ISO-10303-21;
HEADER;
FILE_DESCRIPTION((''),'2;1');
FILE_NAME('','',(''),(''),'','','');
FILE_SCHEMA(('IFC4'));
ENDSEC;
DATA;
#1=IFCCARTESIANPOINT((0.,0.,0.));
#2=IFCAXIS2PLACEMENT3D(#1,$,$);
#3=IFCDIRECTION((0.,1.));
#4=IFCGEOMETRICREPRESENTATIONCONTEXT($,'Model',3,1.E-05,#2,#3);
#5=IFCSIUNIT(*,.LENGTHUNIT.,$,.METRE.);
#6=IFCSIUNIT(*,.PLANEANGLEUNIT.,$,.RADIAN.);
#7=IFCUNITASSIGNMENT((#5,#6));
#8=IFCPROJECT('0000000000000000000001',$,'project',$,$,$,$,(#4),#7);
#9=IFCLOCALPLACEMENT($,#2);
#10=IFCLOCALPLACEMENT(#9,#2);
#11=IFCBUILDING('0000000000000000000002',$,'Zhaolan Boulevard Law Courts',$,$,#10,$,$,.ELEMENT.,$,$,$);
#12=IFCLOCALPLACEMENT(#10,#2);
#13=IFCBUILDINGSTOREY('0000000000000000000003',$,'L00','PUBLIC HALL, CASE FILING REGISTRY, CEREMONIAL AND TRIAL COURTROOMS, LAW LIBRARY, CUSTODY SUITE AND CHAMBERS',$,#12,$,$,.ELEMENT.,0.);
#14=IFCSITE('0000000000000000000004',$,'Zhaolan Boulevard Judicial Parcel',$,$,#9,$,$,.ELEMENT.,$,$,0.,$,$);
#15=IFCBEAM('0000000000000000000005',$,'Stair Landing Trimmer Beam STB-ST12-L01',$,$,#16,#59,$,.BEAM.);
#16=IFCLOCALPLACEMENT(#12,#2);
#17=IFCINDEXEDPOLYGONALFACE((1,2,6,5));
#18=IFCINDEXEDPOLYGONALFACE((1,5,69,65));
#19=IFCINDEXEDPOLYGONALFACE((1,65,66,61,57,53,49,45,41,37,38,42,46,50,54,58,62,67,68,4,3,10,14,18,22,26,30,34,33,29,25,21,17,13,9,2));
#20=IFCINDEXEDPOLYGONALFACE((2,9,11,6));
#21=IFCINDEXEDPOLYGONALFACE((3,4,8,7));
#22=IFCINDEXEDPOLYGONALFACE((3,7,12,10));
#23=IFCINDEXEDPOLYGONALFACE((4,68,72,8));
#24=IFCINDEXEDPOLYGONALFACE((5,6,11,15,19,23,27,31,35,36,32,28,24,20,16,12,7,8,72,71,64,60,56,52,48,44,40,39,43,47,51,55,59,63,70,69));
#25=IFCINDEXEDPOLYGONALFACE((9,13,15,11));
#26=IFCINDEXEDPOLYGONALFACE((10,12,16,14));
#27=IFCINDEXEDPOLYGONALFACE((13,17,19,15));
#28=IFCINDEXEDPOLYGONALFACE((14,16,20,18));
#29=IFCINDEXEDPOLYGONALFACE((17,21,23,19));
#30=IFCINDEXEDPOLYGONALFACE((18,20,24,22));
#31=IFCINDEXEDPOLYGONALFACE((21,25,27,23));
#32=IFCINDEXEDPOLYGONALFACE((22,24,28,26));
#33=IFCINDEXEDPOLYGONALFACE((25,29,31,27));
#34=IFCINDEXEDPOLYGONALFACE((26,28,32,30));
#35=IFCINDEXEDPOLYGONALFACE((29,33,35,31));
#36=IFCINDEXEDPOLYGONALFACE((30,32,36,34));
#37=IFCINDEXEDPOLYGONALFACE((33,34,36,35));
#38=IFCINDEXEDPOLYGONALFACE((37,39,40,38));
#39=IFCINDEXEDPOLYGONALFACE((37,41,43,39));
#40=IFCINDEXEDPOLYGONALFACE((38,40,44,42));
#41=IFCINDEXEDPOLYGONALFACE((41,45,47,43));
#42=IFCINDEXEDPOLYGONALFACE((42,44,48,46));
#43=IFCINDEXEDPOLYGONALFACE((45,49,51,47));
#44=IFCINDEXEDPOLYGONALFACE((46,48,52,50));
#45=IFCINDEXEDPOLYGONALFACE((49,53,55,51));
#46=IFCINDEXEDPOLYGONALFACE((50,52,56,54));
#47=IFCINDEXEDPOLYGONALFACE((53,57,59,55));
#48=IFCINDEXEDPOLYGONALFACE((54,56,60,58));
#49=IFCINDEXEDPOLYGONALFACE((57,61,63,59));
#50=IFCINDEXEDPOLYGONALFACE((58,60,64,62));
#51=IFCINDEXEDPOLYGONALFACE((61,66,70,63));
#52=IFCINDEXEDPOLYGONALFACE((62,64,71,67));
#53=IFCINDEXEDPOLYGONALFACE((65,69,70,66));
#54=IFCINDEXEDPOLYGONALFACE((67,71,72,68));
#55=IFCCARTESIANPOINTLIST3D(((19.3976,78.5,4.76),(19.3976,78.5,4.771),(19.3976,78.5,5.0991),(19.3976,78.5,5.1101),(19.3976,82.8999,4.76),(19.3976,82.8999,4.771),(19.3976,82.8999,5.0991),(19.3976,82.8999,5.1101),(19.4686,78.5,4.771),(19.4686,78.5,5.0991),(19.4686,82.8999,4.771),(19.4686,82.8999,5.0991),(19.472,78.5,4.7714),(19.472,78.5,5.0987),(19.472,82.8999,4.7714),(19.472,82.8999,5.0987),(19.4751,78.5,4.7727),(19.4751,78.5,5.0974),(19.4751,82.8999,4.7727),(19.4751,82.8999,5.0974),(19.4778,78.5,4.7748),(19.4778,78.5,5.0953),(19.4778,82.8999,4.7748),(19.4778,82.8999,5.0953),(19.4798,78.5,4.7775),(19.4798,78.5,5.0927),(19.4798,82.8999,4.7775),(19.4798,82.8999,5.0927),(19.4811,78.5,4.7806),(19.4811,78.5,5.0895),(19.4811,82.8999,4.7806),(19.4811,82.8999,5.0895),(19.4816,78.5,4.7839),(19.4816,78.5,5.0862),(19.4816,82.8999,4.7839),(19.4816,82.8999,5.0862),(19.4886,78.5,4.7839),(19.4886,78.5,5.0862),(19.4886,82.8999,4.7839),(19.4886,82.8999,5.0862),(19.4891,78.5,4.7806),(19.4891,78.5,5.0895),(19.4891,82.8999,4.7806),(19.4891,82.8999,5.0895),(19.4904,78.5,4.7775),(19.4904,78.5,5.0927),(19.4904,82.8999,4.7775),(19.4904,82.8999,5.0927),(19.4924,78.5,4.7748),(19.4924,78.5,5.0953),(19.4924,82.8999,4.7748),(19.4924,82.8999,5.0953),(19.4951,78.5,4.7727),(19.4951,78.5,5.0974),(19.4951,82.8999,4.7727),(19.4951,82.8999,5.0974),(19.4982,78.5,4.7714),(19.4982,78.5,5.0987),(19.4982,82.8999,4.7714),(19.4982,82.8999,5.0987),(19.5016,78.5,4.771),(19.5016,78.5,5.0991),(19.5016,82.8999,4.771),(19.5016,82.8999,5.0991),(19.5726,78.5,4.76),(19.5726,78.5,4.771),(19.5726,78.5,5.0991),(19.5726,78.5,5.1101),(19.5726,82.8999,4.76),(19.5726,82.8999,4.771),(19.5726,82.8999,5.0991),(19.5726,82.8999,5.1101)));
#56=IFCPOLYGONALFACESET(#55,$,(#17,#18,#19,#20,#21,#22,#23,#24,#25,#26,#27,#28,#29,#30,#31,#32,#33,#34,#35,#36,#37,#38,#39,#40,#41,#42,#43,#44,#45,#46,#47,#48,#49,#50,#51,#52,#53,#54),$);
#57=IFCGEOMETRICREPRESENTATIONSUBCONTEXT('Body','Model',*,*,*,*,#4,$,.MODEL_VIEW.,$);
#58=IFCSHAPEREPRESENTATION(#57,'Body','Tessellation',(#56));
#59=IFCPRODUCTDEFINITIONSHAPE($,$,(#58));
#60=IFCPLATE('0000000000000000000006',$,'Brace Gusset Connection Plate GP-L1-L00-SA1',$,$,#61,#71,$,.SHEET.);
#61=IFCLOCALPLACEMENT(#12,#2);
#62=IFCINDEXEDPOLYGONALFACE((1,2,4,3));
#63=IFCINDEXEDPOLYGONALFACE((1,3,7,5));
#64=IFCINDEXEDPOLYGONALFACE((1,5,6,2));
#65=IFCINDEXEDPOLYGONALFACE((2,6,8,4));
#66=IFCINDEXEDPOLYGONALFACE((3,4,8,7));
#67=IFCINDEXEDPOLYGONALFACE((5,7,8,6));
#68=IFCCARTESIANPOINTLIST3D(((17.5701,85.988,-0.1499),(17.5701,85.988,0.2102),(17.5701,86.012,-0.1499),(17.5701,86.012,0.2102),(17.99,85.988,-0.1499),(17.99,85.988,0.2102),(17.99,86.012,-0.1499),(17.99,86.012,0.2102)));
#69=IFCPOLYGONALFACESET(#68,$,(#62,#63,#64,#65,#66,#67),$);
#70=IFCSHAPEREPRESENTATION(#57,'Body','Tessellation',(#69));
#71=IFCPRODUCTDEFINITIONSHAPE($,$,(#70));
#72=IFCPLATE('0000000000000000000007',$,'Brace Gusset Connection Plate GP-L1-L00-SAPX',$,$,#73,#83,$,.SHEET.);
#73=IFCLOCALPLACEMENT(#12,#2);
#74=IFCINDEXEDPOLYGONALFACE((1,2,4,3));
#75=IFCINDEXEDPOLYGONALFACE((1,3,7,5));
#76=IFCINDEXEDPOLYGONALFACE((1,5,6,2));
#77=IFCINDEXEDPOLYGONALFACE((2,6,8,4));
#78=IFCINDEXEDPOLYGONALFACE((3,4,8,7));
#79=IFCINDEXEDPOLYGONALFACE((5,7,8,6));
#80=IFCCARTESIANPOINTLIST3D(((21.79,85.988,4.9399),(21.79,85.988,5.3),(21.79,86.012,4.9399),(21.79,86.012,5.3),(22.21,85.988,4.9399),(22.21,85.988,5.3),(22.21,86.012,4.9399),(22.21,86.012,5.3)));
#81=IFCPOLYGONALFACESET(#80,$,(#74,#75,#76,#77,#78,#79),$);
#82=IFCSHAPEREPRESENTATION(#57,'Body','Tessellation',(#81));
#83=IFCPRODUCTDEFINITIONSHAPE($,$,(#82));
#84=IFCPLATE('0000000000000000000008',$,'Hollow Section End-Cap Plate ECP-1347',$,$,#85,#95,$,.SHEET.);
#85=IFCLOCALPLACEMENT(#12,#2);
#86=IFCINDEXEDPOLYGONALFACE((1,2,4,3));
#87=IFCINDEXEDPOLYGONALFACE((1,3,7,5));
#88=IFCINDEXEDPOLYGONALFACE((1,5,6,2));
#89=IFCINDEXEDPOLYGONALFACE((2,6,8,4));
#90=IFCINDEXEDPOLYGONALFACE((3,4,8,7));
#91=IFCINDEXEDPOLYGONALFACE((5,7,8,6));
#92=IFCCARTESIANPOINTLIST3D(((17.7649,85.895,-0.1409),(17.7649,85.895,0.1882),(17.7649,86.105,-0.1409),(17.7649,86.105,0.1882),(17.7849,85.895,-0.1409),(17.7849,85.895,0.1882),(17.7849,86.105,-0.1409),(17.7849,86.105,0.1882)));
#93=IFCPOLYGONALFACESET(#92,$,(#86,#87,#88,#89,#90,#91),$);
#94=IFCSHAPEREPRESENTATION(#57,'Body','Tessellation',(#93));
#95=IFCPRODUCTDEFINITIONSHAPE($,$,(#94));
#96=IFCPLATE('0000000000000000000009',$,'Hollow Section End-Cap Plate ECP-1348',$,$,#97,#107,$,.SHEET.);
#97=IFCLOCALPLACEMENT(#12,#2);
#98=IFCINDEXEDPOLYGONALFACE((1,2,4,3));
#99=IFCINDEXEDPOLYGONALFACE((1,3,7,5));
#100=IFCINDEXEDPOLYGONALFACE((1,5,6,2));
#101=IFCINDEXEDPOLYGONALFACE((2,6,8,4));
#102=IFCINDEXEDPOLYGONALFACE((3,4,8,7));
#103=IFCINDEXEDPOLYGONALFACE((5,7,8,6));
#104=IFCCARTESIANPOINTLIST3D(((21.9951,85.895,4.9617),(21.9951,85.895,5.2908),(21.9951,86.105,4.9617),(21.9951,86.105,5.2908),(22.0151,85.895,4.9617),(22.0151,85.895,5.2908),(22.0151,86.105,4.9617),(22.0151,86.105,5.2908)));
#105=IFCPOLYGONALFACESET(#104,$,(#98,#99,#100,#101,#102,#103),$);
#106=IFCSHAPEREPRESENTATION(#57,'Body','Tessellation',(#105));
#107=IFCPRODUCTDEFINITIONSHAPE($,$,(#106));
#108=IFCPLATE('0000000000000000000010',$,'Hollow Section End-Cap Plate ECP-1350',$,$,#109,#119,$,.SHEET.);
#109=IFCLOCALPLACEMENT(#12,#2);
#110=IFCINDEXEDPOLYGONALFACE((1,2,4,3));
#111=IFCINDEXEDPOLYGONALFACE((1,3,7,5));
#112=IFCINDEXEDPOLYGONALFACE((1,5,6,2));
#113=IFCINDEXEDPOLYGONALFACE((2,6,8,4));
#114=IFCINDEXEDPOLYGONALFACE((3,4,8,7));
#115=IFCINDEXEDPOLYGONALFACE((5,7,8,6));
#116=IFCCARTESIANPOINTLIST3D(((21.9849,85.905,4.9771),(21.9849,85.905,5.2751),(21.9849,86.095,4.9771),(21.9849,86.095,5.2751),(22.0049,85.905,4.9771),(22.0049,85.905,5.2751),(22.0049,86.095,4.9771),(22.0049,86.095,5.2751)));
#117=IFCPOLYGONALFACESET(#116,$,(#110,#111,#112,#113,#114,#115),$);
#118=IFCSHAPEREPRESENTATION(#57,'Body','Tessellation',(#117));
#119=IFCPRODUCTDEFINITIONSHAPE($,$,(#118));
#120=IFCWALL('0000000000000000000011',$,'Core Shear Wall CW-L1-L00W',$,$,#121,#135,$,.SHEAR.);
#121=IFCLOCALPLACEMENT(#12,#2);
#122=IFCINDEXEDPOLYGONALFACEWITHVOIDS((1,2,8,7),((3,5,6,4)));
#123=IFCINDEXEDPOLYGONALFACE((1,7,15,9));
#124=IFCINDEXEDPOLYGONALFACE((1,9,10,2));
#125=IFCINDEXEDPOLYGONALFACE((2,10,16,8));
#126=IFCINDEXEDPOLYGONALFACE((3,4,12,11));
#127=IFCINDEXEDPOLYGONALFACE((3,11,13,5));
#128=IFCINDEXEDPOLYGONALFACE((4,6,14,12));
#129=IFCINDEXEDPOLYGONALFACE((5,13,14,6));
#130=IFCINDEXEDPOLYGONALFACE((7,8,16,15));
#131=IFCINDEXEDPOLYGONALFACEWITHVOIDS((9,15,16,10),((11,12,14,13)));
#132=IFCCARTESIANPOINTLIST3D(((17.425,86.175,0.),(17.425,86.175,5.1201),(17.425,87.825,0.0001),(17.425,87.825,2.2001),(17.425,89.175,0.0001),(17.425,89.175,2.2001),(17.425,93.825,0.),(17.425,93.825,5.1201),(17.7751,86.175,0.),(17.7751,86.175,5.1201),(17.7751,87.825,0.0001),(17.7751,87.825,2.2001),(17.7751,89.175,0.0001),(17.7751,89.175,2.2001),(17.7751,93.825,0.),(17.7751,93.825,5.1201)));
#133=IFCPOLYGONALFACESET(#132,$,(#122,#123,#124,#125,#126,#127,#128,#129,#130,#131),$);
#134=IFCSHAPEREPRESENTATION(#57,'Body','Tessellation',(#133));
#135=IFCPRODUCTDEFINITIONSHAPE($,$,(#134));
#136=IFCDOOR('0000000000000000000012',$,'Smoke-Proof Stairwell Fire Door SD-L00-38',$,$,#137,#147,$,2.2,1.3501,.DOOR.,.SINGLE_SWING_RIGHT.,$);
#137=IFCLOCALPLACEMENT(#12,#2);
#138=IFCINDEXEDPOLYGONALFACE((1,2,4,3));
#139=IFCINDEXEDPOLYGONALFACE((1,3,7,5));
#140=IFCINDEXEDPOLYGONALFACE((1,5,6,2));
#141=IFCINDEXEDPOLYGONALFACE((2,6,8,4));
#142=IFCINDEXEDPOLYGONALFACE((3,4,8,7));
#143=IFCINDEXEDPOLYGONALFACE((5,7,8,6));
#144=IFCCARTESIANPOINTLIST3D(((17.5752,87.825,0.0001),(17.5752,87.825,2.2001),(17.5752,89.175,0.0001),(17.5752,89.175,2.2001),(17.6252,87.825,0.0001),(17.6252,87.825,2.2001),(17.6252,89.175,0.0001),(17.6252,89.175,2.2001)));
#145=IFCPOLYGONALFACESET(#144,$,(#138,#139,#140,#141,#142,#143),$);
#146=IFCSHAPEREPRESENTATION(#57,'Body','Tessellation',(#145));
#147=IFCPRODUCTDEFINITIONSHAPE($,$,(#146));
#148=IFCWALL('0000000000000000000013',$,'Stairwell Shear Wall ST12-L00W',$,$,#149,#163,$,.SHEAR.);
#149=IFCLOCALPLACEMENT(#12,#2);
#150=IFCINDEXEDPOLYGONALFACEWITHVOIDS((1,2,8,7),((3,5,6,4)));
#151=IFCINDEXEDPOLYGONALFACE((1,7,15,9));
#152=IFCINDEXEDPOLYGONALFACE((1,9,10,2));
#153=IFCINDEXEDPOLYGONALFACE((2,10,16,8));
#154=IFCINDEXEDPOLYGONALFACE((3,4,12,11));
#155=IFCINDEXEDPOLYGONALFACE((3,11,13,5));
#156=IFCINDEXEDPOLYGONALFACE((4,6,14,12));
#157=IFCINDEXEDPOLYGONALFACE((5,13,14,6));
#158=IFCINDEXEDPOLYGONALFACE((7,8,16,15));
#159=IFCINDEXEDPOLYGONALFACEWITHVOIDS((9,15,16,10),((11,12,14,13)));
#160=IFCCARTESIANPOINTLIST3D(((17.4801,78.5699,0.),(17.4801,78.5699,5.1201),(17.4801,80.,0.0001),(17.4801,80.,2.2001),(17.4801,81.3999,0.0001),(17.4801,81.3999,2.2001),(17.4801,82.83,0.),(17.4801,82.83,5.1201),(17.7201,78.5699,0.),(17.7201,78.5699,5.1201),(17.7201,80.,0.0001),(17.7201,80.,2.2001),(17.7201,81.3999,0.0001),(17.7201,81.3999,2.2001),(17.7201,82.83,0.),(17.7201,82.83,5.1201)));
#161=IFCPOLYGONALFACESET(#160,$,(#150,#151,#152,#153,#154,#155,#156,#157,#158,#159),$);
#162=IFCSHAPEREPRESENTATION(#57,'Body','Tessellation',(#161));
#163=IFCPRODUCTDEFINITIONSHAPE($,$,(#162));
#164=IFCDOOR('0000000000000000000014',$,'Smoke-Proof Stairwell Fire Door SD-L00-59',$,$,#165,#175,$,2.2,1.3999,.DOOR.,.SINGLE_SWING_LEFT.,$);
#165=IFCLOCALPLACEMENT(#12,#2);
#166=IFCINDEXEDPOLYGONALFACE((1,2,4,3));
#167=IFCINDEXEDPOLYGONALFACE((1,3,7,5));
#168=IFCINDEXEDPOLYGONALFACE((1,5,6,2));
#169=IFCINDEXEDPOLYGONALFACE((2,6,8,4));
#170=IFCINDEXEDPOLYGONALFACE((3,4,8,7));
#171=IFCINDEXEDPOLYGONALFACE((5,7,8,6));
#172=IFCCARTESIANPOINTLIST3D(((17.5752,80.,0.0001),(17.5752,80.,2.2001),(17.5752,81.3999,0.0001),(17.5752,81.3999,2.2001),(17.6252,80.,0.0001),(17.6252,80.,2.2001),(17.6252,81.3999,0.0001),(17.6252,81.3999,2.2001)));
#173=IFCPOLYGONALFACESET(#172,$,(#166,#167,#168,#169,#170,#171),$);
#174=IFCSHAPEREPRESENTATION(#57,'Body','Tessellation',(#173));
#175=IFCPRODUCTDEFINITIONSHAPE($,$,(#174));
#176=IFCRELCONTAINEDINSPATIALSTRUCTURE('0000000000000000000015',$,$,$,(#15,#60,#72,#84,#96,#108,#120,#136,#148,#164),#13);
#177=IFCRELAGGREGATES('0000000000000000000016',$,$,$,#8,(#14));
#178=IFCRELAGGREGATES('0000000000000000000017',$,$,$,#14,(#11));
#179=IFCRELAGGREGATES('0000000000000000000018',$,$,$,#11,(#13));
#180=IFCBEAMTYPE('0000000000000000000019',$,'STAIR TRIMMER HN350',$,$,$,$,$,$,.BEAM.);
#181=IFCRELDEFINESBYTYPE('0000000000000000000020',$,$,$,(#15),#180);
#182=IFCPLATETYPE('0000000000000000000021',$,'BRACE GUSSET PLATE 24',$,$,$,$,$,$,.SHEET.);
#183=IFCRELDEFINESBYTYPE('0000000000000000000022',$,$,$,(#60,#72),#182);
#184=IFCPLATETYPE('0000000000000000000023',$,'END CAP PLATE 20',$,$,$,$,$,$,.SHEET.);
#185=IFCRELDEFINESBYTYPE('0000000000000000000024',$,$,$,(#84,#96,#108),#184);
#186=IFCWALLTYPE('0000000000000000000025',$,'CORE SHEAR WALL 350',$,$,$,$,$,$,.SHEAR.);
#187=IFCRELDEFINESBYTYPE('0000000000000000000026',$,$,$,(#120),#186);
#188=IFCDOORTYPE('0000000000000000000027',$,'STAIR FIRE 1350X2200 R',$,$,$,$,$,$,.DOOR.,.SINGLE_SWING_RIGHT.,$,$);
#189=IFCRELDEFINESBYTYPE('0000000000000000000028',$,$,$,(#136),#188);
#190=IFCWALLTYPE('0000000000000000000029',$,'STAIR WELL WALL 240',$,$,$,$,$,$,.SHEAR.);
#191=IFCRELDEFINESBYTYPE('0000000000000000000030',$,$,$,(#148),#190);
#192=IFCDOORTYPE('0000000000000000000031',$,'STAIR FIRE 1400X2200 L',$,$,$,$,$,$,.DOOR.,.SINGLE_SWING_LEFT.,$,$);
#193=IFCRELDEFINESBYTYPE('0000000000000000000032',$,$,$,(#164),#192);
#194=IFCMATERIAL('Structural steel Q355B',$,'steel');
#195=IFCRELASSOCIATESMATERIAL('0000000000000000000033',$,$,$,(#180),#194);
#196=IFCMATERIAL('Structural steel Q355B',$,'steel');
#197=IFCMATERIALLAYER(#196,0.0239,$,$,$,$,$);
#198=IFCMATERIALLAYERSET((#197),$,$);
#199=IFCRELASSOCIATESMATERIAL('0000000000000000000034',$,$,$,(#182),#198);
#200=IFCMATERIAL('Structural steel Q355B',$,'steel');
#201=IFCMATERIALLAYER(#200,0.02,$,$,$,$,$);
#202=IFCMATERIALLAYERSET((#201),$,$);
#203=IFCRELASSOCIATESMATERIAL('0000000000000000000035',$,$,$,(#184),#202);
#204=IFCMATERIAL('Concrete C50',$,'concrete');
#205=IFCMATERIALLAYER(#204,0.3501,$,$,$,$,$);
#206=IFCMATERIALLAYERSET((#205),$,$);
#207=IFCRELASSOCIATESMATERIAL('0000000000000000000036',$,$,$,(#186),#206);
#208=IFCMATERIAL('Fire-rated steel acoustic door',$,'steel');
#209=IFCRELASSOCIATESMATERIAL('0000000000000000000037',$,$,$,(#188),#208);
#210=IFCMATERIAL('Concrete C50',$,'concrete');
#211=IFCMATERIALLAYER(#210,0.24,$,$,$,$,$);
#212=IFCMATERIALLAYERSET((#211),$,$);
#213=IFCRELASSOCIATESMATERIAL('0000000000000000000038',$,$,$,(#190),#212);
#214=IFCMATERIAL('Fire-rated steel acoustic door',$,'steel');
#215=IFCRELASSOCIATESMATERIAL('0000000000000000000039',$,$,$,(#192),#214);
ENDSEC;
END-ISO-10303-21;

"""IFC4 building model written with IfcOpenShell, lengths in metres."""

from ifc_helpers import new_model, si_unit, direction, frame, frame_2d, origin, origin_2d, place, context, subcontext, project, spatial, rectangle, i_section, extrude, material, layer, layer_set, material_profile, profile_set, type_object, element, fill, save


model = new_model("IFC4")

# Units and contexts
model_context = context("Model", 3, precision=1e-05, world=origin(), true_north=direction((0.0, 1.0)))
body_context = subcontext(model_context, "Body", "Model", "MODEL_VIEW")
ifc_project = project(units=[si_unit("LENGTHUNIT", "METRE"), si_unit("PLANEANGLEUNIT", "RADIAN")], contexts=[model_context])

# Site, building, storey
site_placement = place(None, origin())
site = spatial("IfcSite", under=ifc_project, at=site_placement, Name="Zhaolan Boulevard Judicial Parcel", CompositionType="ELEMENT", RefElevation=0.0)
building_placement = place(site_placement, origin())
building = spatial("IfcBuilding", under=site, at=building_placement, Name="Zhaolan Boulevard Law Courts", CompositionType="ELEMENT")
storey_placement = place(building_placement, origin())
storey = spatial("IfcBuildingStorey", under=building, at=storey_placement, Name="L00", Description="PUBLIC HALL, CASE FILING REGISTRY, CEREMONIAL AND TRIAL COURTROOMS, LAW LIBRARY, CUSTODY SUITE AND CHAMBERS", CompositionType="ELEMENT", Elevation=0.0)

# Beam
ifc_material_1 = material(Name="Structural steel Q355B", Category="steel")
ifc_material_profile_1 = material_profile(ifc_material_1, i_section(OverallWidth=0.175, OverallDepth=0.3501, WebThickness=0.0071, FlangeThickness=0.011, FilletRadius=0.0129, at=origin_2d()), Name="HN350x175")
ifc_profile_set_1 = profile_set([ifc_material_profile_1], Name="Structural steel Q355B")
beam_type_1 = type_object("IfcBeamType", Name="STAIR TRIMMER HN350", PredefinedType="BEAM", material=ifc_profile_set_1)
beam_1_placement = place(storey_placement, frame((19.4851, 78.5, 4.9351), z_axis=(0.0, 1.0, 0.0), x_axis=(-1.0, 0.0, 0.0)))
element("IfcBeam", 1, at=beam_1_placement, inside=storey, type_object=beam_type_1, Name="Stair Landing Trimmer Beam STB-ST12-L01", PredefinedType="BEAM", context=body_context, shape_type="SweptSolid", body=[
    extrude(i_section(OverallWidth=0.175, OverallDepth=0.3501, WebThickness=0.0071, FlangeThickness=0.011, FilletRadius=0.0129, at=origin_2d()), origin(), (0.0, 0.0, 1.0), 4.3999),
])

# Plates
ifc_material_2 = material(Name="Structural steel Q355B", Category="steel")
ifc_layer_1 = layer(ifc_material_2, 0.0239)
ifc_layer_set_1 = layer_set([ifc_layer_1])
plate_type_1 = type_object("IfcPlateType", Name="BRACE GUSSET PLATE 24", PredefinedType="SHEET", material=ifc_layer_set_1)
for number, where, z_axis, x_axis, name in (
    (2, (17.78, 86.0, -0.1499), (0.0, 0.0, 1.0), (1.0, 0.0, 0.0), "Brace Gusset Connection Plate GP-L1-L00-SA1"),
    (3, (22.0, 86.0, 4.9399), (0.0, 0.0, 1.0), (1.0, 0.0, 0.0), "Brace Gusset Connection Plate GP-L1-L00-SAPX"),
):
    element("IfcPlate", number, at=place(storey_placement, frame(where, z_axis=z_axis, x_axis=x_axis)), inside=storey, type_object=plate_type_1, Name=name, PredefinedType="SHEET", context=body_context, shape_type="SweptSolid", body=[
        extrude(rectangle(XDim=0.4199, YDim=0.0239, at=origin_2d()), origin(), (0.0, 0.0, 1.0), 0.3601),
    ])
ifc_material_3 = material(Name="Structural steel Q355B", Category="steel")
ifc_layer_2 = layer(ifc_material_3, 0.02)
ifc_layer_set_2 = layer_set([ifc_layer_2])
plate_type_2 = type_object("IfcPlateType", Name="END CAP PLATE 20", PredefinedType="SHEET", material=ifc_layer_set_2)
for number, where, z_axis, x_axis, name in (
    (4, (17.7749, 86.0, -0.1409), (0.0, 0.0, 1.0), (1.0, 0.0, 0.0), "Hollow Section End-Cap Plate ECP-1347"),
    (5, (22.0051, 86.0, 4.9617), (0.0, 0.0, 1.0), (1.0, 0.0, 0.0), "Hollow Section End-Cap Plate ECP-1348"),
):
    element("IfcPlate", number, at=place(storey_placement, frame(where, z_axis=z_axis, x_axis=x_axis)), inside=storey, type_object=plate_type_2, Name=name, PredefinedType="SHEET", context=body_context, shape_type="SweptSolid", body=[
        extrude(rectangle(XDim=0.02, YDim=0.21, at=origin_2d()), origin(), (0.0, 0.0, 1.0), 0.3291),
    ])
plate_placement = place(storey_placement, frame((21.9949, 86.0, 4.9771), z_axis=(0.0, 0.0, 1.0), x_axis=(-1.0, 0.0, 0.0)))
element("IfcPlate", 6, at=plate_placement, inside=storey, type_object=plate_type_2, Name="Hollow Section End-Cap Plate ECP-1350", PredefinedType="SHEET", context=body_context, shape_type="SweptSolid", body=[
    extrude(rectangle(XDim=0.02, YDim=0.1899, at=origin_2d()), origin(), (0.0, 0.0, 1.0), 0.2981),
])

# Walls, openings, doors
ifc_material_4 = material(Name="Concrete C50", Category="concrete")
ifc_layer_3 = layer(ifc_material_4, 0.3501)
ifc_layer_set_3 = layer_set([ifc_layer_3])
wall_type_1 = type_object("IfcWallType", Name="CORE SHEAR WALL 350", PredefinedType="SHEAR", material=ifc_layer_set_3)
wall_1_placement = place(storey_placement, frame((17.6001, 86.175, 0.0), z_axis=(0.0, 0.0, 1.0), x_axis=(0.0, 1.0, 0.0)))
wall_1 = element("IfcWall", 7, at=wall_1_placement, inside=storey, type_object=wall_type_1, Name="Core Shear Wall CW-L1-L00W", PredefinedType="SHEAR", context=body_context, shape_type="SweptSolid", body=[
    extrude(rectangle(XDim=7.6499, YDim=0.3501, at=frame_2d((3.825, 0.0))), origin(), (0.0, 0.0, 1.0), 5.1201),
])
opening_1_placement = place(wall_1_placement, frame((1.6499, 0.0, 0.0)))
opening_1 = element("IfcOpeningElement", 8, at=opening_1_placement, cuts=wall_1, PredefinedType="OPENING", context=body_context, shape_type="SweptSolid", body=[
    extrude(rectangle(XDim=1.3501, YDim=2.2, at=frame_2d((0.675, 1.1001))), frame((0.0, 0.1851, 0.0), z_axis=(0.0, -1.0, 0.0), x_axis=(1.0, 0.0, 0.0)), (0.0, 0.0, 1.0), 0.3701),
])
ifc_material_5 = material(Name="Fire-rated steel acoustic door", Category="steel")
door_type_1 = type_object("IfcDoorType", Name="STAIR FIRE 1350X2200 R", OperationType="SINGLE_SWING_RIGHT", PredefinedType="DOOR", material=ifc_material_5)
door_1_placement = place(opening_1_placement, origin())
door_1 = element("IfcDoor", 9, at=door_1_placement, inside=storey, type_object=door_type_1, Name="Smoke-Proof Stairwell Fire Door SD-L00-38", OperationType="SINGLE_SWING_RIGHT", OverallHeight=2.2, OverallWidth=1.3501, PredefinedType="DOOR", context=body_context, shape_type="SweptSolid", body=[
    extrude(rectangle(XDim=1.3501, YDim=2.2, at=frame_2d((0.675, 1.1001))), frame((0.0, 0.0249, 0.0), z_axis=(0.0, -1.0, 0.0), x_axis=(1.0, 0.0, 0.0)), (0.0, 0.0, 1.0), 0.05),
])
fill(opening_1, door_1)
ifc_material_6 = material(Name="Concrete C50", Category="concrete")
ifc_layer_4 = layer(ifc_material_6, 0.24)
ifc_layer_set_4 = layer_set([ifc_layer_4])
wall_type_2 = type_object("IfcWallType", Name="STAIR WELL WALL 240", PredefinedType="SHEAR", material=ifc_layer_set_4)
wall_2_placement = place(storey_placement, frame((17.6001, 78.5701, 0.0), z_axis=(0.0, 0.0, 1.0), x_axis=(0.0, 1.0, 0.0)))
wall_2 = element("IfcWall", 10, at=wall_2_placement, inside=storey, type_object=wall_type_2, Name="Stairwell Shear Wall ST12-L00W", PredefinedType="SHEAR", context=body_context, shape_type="SweptSolid", body=[
    extrude(rectangle(XDim=4.26, YDim=0.24, at=frame_2d((2.1299, 0.0))), origin(), (0.0, 0.0, 1.0), 5.1201),
])
opening_2_placement = place(wall_2_placement, frame((1.4299, 0.0, 0.0)))
opening_2 = element("IfcOpeningElement", 11, at=opening_2_placement, cuts=wall_2, PredefinedType="OPENING", context=body_context, shape_type="SweptSolid", body=[
    extrude(rectangle(XDim=1.3999, YDim=2.2, at=frame_2d((0.7, 1.1001))), frame((0.0, 0.1299, 0.0), z_axis=(0.0, -1.0, 0.0), x_axis=(1.0, 0.0, 0.0)), (0.0, 0.0, 1.0), 0.26),
])
ifc_material_7 = material(Name="Fire-rated steel acoustic door", Category="steel")
door_type_2 = type_object("IfcDoorType", Name="STAIR FIRE 1400X2200 L", OperationType="SINGLE_SWING_LEFT", PredefinedType="DOOR", material=ifc_material_7)
door_2_placement = place(opening_2_placement, origin())
door_2 = element("IfcDoor", 12, at=door_2_placement, inside=storey, type_object=door_type_2, Name="Smoke-Proof Stairwell Fire Door SD-L00-59", OperationType="SINGLE_SWING_LEFT", OverallHeight=2.2, OverallWidth=1.3999, PredefinedType="DOOR", context=body_context, shape_type="SweptSolid", body=[
    extrude(rectangle(XDim=1.3999, YDim=2.2, at=frame_2d((0.7, 1.1001))), frame((0.0, 0.0249, 0.0), z_axis=(0.0, -1.0, 0.0), x_axis=(1.0, 0.0, 0.0)), (0.0, 0.0, 1.0), 0.05),
])
fill(opening_2, door_2)

save(model, "model.ifc")
